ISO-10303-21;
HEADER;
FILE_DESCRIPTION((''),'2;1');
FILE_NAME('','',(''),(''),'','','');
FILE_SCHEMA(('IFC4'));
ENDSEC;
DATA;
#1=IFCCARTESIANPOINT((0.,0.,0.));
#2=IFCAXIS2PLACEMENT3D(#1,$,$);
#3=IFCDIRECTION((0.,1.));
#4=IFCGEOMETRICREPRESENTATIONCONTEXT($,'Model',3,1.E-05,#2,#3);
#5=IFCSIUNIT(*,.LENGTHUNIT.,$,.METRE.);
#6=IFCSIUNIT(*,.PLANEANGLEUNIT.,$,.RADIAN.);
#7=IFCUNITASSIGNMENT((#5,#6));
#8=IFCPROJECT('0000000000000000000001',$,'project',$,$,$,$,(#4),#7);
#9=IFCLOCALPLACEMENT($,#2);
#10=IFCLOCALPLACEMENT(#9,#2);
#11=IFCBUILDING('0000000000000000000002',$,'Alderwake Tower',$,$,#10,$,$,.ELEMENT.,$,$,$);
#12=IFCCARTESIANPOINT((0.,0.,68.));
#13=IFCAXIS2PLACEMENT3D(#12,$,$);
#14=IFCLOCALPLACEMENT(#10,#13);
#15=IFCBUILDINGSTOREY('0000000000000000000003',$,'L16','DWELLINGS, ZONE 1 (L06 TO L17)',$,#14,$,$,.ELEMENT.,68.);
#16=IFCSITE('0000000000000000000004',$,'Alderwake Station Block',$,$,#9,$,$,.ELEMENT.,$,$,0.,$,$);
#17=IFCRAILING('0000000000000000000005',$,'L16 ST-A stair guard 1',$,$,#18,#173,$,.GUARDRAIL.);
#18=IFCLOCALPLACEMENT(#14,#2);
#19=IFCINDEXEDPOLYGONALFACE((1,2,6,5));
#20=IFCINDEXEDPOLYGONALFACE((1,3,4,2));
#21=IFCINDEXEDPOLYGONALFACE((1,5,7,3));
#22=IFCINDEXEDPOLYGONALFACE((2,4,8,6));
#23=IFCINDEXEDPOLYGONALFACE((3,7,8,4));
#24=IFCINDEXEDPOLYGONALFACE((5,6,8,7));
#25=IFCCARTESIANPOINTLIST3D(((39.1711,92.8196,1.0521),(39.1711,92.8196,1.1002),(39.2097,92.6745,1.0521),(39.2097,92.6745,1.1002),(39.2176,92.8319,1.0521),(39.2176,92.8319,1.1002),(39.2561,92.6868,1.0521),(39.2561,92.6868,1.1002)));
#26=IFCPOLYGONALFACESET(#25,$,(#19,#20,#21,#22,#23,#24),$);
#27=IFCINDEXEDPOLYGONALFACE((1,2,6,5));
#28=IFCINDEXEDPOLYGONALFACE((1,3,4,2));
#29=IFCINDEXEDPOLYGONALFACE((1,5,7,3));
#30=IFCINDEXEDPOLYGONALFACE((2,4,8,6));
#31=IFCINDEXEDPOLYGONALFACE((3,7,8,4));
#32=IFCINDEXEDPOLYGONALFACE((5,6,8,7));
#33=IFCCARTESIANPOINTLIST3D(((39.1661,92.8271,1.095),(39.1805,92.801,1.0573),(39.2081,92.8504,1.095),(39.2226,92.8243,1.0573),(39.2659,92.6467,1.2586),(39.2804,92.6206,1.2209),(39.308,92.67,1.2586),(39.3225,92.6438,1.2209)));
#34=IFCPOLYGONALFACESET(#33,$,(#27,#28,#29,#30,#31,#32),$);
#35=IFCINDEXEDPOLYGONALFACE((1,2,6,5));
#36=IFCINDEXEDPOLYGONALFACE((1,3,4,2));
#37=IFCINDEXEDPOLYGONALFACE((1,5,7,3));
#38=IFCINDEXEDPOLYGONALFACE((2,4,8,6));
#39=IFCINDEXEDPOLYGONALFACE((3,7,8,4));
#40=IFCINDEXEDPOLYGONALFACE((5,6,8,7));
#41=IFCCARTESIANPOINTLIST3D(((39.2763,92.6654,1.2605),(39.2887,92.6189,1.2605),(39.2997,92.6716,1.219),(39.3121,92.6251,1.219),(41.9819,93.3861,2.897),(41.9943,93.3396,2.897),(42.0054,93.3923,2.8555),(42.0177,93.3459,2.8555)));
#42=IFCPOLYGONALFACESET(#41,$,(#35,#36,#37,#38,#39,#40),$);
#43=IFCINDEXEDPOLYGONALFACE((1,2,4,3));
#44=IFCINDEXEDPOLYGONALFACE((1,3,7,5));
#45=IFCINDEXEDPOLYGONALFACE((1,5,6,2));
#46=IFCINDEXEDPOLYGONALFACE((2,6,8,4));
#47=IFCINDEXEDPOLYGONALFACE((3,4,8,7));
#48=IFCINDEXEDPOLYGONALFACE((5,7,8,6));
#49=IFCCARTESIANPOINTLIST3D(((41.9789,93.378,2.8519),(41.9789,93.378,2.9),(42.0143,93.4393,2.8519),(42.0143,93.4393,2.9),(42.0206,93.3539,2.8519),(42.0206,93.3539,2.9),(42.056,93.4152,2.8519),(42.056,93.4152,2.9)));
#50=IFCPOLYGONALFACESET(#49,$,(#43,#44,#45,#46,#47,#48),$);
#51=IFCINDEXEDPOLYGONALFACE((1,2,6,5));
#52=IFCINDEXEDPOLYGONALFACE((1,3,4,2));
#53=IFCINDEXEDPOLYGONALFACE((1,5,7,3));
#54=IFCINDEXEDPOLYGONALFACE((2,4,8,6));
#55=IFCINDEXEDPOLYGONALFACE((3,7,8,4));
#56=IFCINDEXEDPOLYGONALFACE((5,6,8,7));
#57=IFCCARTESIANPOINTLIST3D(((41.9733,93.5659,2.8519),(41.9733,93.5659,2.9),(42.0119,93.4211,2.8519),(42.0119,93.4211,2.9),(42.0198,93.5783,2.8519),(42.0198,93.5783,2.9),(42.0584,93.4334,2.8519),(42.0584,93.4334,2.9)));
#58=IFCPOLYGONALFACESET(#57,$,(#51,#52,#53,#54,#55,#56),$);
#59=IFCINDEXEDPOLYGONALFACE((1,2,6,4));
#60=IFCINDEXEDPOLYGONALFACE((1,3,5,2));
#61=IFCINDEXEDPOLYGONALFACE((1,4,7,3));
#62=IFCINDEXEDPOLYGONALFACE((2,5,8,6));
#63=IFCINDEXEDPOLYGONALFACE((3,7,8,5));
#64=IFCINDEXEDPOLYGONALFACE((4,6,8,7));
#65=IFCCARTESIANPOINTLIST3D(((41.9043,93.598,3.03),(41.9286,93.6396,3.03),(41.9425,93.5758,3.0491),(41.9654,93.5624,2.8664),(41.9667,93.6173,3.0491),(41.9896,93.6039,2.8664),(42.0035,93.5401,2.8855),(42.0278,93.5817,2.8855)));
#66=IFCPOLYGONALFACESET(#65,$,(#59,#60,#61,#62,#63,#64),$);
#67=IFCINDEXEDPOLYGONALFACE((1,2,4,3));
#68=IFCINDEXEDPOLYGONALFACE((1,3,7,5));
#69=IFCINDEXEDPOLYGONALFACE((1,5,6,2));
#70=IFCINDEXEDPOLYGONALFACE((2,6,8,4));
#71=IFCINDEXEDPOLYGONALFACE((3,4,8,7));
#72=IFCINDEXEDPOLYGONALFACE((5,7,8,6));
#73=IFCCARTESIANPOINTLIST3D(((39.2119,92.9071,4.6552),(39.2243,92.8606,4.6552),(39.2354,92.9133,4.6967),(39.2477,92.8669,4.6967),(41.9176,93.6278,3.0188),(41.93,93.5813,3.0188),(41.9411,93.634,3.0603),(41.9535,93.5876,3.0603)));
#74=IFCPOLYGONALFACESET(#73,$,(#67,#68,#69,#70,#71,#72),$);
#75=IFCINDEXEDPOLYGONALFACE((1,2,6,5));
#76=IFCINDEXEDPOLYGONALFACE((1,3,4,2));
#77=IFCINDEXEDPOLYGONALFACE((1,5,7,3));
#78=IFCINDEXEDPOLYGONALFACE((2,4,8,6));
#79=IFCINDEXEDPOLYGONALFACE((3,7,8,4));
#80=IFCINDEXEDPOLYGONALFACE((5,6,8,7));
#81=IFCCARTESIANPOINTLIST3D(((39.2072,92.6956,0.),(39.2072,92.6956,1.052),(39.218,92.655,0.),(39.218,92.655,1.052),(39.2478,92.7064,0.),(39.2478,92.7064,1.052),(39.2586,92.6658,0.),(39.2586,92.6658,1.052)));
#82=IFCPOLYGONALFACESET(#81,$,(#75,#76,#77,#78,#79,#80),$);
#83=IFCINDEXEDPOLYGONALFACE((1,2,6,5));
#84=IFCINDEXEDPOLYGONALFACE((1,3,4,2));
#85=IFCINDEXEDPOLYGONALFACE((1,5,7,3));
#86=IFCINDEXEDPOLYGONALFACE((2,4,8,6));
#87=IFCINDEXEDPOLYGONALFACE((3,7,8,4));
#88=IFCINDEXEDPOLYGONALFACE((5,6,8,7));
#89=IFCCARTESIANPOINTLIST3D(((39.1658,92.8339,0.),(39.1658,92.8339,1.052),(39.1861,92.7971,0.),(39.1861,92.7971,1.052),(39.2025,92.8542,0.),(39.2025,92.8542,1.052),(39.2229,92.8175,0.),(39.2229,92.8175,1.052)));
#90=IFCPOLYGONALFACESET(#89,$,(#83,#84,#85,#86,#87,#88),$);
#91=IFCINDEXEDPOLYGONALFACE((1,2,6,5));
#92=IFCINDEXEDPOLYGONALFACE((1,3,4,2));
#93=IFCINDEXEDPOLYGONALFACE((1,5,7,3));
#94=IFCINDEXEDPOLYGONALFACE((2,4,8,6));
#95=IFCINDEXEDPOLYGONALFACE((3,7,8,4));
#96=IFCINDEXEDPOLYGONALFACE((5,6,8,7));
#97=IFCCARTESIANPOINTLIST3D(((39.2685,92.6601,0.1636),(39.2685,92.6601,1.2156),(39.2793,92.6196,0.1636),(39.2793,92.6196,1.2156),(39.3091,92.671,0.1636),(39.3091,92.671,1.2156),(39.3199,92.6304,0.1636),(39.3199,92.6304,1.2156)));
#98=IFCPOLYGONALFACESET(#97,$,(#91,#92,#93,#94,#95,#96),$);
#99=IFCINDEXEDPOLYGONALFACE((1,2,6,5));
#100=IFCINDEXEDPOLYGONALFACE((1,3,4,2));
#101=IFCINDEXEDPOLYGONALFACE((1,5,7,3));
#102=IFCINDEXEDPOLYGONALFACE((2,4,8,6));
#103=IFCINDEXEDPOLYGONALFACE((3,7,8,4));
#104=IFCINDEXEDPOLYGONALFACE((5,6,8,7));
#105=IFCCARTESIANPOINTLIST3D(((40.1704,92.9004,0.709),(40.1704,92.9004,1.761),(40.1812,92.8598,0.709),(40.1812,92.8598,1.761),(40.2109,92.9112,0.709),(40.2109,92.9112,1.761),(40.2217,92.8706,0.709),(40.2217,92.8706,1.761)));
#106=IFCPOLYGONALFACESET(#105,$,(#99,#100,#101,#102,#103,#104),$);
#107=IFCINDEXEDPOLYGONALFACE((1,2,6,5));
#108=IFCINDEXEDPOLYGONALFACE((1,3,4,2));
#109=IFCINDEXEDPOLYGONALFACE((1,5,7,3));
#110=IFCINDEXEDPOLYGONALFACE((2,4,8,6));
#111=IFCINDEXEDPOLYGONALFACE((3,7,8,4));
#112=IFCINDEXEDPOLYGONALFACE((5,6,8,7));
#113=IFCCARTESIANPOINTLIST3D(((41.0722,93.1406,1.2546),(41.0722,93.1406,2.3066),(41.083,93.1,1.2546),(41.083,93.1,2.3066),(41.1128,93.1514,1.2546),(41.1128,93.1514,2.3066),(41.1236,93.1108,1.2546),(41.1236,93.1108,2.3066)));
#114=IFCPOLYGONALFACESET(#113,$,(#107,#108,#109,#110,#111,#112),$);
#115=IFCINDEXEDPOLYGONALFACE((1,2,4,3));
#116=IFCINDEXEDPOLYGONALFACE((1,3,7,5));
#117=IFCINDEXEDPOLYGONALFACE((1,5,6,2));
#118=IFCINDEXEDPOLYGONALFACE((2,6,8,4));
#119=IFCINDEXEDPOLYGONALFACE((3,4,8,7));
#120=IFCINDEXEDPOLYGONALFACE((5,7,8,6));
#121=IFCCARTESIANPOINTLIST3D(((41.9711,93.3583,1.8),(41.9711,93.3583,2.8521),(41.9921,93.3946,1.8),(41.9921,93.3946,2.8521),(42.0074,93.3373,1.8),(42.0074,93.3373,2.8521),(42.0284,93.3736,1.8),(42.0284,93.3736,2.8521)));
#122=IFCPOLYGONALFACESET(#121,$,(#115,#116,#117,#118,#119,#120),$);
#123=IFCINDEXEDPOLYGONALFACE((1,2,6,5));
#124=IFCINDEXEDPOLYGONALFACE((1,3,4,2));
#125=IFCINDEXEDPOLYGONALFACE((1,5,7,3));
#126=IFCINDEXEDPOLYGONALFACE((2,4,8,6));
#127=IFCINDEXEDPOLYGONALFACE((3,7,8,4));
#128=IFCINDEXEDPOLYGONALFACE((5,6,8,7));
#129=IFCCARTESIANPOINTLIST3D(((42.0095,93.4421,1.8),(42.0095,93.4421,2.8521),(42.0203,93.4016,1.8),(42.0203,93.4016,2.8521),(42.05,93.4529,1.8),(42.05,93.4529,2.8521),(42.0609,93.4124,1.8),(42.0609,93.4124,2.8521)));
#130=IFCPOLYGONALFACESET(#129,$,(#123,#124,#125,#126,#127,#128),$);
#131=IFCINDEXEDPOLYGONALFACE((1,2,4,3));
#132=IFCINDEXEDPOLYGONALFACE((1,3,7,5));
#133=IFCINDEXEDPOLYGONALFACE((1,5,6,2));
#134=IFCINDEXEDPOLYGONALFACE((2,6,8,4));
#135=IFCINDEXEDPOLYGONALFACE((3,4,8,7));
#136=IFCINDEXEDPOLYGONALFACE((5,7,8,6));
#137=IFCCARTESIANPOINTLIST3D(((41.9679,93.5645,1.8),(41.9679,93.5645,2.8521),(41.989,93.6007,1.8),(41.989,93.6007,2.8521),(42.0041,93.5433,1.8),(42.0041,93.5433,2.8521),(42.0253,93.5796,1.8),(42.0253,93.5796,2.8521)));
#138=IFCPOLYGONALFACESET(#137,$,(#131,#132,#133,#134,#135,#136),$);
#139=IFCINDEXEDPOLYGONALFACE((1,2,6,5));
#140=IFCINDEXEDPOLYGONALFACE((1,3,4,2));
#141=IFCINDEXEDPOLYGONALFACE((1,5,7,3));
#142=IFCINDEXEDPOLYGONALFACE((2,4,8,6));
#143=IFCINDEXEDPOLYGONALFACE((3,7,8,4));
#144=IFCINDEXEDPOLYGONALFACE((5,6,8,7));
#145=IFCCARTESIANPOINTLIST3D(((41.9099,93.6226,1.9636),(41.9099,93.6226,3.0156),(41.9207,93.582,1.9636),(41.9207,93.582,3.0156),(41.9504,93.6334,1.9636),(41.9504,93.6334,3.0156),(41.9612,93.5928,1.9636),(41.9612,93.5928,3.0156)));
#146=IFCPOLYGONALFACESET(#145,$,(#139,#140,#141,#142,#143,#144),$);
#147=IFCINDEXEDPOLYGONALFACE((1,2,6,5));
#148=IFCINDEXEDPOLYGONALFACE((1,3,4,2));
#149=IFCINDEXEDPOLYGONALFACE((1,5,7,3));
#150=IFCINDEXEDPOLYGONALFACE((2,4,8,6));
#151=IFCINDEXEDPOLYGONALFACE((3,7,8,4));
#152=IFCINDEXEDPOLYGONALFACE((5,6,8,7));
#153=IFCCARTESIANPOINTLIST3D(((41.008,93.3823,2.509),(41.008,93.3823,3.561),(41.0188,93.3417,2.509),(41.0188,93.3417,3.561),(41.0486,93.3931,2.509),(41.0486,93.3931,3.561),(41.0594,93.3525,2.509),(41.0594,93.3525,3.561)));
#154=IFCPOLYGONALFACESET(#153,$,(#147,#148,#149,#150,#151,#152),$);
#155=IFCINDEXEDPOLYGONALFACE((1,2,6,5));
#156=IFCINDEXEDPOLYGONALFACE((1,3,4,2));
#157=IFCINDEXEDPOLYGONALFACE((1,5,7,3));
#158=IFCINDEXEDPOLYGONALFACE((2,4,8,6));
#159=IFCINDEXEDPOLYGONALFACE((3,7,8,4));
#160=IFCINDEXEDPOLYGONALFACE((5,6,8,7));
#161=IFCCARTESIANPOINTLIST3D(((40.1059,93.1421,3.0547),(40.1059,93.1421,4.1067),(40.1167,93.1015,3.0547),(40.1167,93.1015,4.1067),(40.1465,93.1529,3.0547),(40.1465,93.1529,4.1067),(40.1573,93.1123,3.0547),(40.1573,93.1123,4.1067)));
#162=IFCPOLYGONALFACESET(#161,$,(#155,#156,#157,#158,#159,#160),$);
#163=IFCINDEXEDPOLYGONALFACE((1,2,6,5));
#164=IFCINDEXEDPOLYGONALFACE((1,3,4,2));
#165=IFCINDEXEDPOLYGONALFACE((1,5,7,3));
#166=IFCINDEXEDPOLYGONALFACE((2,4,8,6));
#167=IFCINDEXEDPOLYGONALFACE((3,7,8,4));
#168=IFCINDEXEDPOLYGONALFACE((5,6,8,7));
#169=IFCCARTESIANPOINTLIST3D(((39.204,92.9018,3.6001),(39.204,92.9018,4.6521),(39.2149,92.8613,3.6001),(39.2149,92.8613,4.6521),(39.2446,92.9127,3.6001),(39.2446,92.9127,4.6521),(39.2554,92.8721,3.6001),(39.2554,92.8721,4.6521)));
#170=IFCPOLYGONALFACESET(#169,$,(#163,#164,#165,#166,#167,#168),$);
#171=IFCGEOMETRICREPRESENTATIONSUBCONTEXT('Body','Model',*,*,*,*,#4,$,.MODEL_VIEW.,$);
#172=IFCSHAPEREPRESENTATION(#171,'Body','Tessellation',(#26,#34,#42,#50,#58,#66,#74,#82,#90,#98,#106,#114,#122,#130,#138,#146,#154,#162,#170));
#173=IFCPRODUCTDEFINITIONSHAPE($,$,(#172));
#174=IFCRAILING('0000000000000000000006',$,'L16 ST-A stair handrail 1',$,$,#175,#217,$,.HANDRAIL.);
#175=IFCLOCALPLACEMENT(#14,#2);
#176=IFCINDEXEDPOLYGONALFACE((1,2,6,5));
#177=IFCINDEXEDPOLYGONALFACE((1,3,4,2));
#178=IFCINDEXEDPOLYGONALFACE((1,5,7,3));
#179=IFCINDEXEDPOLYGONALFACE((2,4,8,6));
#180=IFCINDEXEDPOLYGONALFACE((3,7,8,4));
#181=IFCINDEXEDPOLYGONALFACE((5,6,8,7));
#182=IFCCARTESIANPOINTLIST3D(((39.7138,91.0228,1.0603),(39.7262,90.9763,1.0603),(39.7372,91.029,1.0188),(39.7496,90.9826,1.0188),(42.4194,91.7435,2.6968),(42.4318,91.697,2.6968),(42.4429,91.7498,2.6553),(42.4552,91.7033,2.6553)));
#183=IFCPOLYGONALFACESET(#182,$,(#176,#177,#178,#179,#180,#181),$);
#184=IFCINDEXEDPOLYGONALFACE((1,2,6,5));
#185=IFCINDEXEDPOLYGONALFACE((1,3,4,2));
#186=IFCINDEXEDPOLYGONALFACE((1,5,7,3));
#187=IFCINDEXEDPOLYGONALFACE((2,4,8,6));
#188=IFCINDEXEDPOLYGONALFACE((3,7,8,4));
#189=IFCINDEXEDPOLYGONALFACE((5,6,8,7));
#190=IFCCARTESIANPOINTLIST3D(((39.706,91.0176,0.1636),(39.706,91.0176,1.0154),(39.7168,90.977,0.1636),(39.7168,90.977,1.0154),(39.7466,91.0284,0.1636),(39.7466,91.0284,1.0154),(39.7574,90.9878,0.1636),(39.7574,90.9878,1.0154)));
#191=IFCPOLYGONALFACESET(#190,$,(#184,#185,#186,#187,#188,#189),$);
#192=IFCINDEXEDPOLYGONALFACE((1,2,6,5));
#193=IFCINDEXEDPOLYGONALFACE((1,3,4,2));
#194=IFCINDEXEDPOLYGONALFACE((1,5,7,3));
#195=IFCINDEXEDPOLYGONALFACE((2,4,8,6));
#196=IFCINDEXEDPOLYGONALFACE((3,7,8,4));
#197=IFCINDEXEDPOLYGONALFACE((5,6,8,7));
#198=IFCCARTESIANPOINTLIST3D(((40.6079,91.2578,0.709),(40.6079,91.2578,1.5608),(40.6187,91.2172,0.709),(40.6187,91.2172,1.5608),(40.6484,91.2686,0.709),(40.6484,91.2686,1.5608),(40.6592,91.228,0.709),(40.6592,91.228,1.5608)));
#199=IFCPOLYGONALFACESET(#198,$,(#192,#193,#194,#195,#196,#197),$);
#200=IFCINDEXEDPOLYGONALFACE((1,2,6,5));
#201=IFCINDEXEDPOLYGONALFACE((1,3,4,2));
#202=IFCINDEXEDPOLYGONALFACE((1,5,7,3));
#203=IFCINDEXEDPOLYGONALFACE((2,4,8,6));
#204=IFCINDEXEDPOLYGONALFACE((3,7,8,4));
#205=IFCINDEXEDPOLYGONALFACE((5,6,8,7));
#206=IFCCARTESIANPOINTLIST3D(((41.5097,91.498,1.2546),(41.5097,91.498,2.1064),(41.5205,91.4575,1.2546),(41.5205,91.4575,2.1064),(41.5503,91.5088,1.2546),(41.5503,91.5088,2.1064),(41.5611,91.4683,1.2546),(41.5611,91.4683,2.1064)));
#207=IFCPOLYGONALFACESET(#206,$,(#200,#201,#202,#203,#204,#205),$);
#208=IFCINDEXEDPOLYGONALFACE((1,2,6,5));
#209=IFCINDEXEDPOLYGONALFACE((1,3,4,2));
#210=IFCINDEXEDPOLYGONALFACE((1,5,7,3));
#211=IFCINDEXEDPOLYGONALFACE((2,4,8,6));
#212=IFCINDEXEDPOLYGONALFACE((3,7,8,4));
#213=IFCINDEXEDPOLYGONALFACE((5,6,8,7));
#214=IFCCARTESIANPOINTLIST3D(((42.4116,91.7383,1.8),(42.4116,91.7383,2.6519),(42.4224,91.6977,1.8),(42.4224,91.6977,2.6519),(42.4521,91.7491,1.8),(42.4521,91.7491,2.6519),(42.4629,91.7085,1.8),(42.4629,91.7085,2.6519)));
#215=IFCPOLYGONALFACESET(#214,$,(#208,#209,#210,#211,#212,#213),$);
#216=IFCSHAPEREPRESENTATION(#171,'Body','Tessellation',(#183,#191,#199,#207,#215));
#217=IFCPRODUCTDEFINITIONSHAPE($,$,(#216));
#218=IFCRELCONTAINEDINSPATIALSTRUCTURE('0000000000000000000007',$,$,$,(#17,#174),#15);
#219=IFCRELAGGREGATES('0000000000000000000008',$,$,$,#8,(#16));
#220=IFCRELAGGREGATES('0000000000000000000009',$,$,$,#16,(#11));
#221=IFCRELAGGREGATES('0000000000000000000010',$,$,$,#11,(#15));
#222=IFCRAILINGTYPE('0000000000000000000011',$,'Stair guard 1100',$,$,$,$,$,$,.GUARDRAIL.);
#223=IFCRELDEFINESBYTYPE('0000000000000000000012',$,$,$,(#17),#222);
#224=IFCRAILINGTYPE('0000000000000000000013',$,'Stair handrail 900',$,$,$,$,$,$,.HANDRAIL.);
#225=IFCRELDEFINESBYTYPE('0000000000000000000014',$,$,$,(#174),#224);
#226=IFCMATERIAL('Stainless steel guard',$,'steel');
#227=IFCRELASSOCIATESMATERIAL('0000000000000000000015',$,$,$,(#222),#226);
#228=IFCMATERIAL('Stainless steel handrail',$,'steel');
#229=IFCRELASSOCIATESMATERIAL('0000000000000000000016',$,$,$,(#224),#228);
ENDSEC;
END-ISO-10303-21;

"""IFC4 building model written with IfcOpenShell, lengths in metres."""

from ifc_helpers import new_model, si_unit, direction, frame, origin, origin_2d, place, context, subcontext, project, spatial, rectangle, extrude, material, type_object, element, save


model = new_model("IFC4")

# Units and contexts
model_context = context("Model", 3, precision=1e-05, world=origin(), true_north=direction((0.0, 1.0)))
body_context = subcontext(model_context, "Body", "Model", "MODEL_VIEW")
ifc_project = project(units=[si_unit("LENGTHUNIT", "METRE"), si_unit("PLANEANGLEUNIT", "RADIAN")], contexts=[model_context])

# Site, building, storey
site_placement = place(None, origin())
site = spatial("IfcSite", under=ifc_project, at=site_placement, Name="Alderwake Station Block", CompositionType="ELEMENT", RefElevation=0.0)
building_placement = place(site_placement, origin())
building = spatial("IfcBuilding", under=site, at=building_placement, Name="Alderwake Tower", CompositionType="ELEMENT")
storey_placement = place(building_placement, frame((0.0, 0.0, 68.0)))
storey = spatial("IfcBuildingStorey", under=building, at=storey_placement, Name="L16", Description="DWELLINGS, ZONE 1 (L06 TO L17)", CompositionType="ELEMENT", Elevation=68.0)

# Railings
ifc_material_1 = material(Name="Stainless steel guard", Category="steel")
railing_type_1 = type_object("IfcRailingType", Name="Stair guard 1100", PredefinedType="GUARDRAIL", material=ifc_material_1)
railing_1_placement = place(storey_placement, frame((39.2329, 92.6807, 0.0)))
element("IfcRailing", 1, at=railing_1_placement, inside=storey, type_object=railing_type_1, Name="L16 ST-A stair guard 1", PredefinedType="GUARDRAIL", context=body_context, shape_type="SweptSolid", body=[
    extrude(rectangle(XDim=0.0481, YDim=0.0481, at=origin_2d()), frame((0.0, 0.0, 1.0762), z_axis=(-0.257055, 0.966397, 0.0), x_axis=(-0.966397, -0.257055, 0.0)), (0.0, 0.0, 1.0), 0.1501),
    extrude(rectangle(XDim=0.0481, YDim=0.0481, at=origin_2d()), frame((-0.0386, 0.145, 1.0762), z_axis=(0.379371, -0.685464, 0.621463), x_axis=(0.874938, 0.484235, 0.0)), (0.0, 0.0, 1.0), 0.2632),
    extrude(rectangle(XDim=0.0481, YDim=0.0481, at=origin_2d()), frame((0.0613, -0.0354, 1.2397), z_axis=(0.834259, 0.222228, 0.504605), x_axis=(-0.257402, 0.966304, 0.0)), (0.0, 0.0, 1.0), 3.2432),
    extrude(rectangle(XDim=0.0481, YDim=0.0481, at=origin_2d()), frame((2.7668, 0.6853, 2.876), z_axis=(0.50022, 0.865898, 0.0), x_axis=(-0.865898, 0.50022, 0.0)), (0.0, 0.0, 1.0), 0.0708),
    extrude(rectangle(XDim=0.0481, YDim=0.0481, at=origin_2d()), frame((2.8022, 0.7466, 2.876), z_axis=(-0.25746, 0.966289, 0.0), x_axis=(-0.966289, -0.25746, 0.0)), (0.0, 0.0, 1.0), 0.1499),
    extrude(rectangle(XDim=0.0481, YDim=0.0481, at=origin_2d()), frame((2.7637, 0.8914, 2.876), z_axis=(-0.342525, 0.200035, 0.917967), x_axis=(-0.5043, -0.863528, 0.0)), (0.0, 0.0, 1.0), 0.1782),
    extrude(rectangle(XDim=0.0481, YDim=0.0481, at=origin_2d()), frame((2.7026, 0.927, 3.0396), z_axis=(-0.834282, -0.222214, 0.504574), x_axis=(0.25738, -0.96631, 0.0)), (0.0, 0.0, 1.0), 3.2432),
    extrude(rectangle(XDim=0.042, YDim=0.042, at=origin_2d()), frame((0.0, 0.0, 0.0), z_axis=(0.0, 0.0, 1.0), x_axis=(-0.257055, 0.966397, 0.0)), (0.0, 0.0, 1.0), 1.052),
    extrude(rectangle(XDim=0.042, YDim=0.042, at=origin_2d()), frame((-0.0386, 0.145, 0.0), z_axis=(0.0, 0.0, 1.0), x_axis=(0.484235, -0.874938, 0.0)), (0.0, 0.0, 1.0), 1.052),
    extrude(rectangle(XDim=0.042, YDim=0.042, at=origin_2d()), frame((0.0613, -0.0354, 0.1636), z_axis=(0.0, 0.0, 1.0), x_axis=(0.966304, 0.257402, 0.0)), (0.0, 0.0, 1.0), 1.052),
    extrude(rectangle(XDim=0.042, YDim=0.042, at=origin_2d()), frame((0.9631, 0.2048, 0.709), z_axis=(0.0, 0.0, 1.0), x_axis=(0.966304, 0.257402, 0.0)), (0.0, 0.0, 1.0), 1.052),
    extrude(rectangle(XDim=0.042, YDim=0.042, at=origin_2d()), frame((1.865, 0.4451, 1.2546), z_axis=(0.0, 0.0, 1.0), x_axis=(0.966304, 0.257402, 0.0)), (0.0, 0.0, 1.0), 1.052),
    extrude(rectangle(XDim=0.042, YDim=0.042, at=origin_2d()), frame((2.7668, 0.6853, 1.8), z_axis=(0.0, 0.0, 1.0), x_axis=(0.50022, 0.865898, 0.0)), (0.0, 0.0, 1.0), 1.052),
    extrude(rectangle(XDim=0.042, YDim=0.042, at=origin_2d()), frame((2.8022, 0.7466, 1.8), z_axis=(0.0, 0.0, 1.0), x_axis=(-0.25746, 0.966289, 0.0)), (0.0, 0.0, 1.0), 1.052),
    extrude(rectangle(XDim=0.042, YDim=0.042, at=origin_2d()), frame((2.7637, 0.8914, 1.8), z_axis=(0.0, 0.0, 1.0), x_axis=(-0.863528, 0.5043, 0.0)), (0.0, 0.0, 1.0), 1.052),
    extrude(rectangle(XDim=0.042, YDim=0.042, at=origin_2d()), frame((2.7026, 0.927, 1.9636), z_axis=(0.0, 0.0, 1.0), x_axis=(-0.96631, -0.25738, 0.0)), (0.0, 0.0, 1.0), 1.052),
    extrude(rectangle(XDim=0.042, YDim=0.042, at=origin_2d()), frame((1.8008, 0.6868, 2.509), z_axis=(0.0, 0.0, 1.0), x_axis=(-0.96631, -0.25738, 0.0)), (0.0, 0.0, 1.0), 1.052),
    extrude(rectangle(XDim=0.042, YDim=0.042, at=origin_2d()), frame((0.8987, 0.4465, 3.0547), z_axis=(0.0, 0.0, 1.0), x_axis=(-0.96631, -0.25738, 0.0)), (0.0, 0.0, 1.0), 1.052),
    extrude(rectangle(XDim=0.042, YDim=0.042, at=origin_2d()), frame((-0.0032, 0.2063, 3.6001), z_axis=(0.0, 0.0, 1.0), x_axis=(-0.96631, -0.25738, 0.0)), (0.0, 0.0, 1.0), 1.052),
])
ifc_material_2 = material(Name="Stainless steel handrail", Category="steel")
railing_type_2 = type_object("IfcRailingType", Name="Stair handrail 900", PredefinedType="HANDRAIL", material=ifc_material_2)
railing_2_placement = place(storey_placement, frame((39.7317, 91.0027, 0.1636)))
element("IfcRailing", 2, at=railing_2_placement, inside=storey, type_object=railing_type_2, Name="L16 ST-A stair handrail 1", PredefinedType="HANDRAIL", context=body_context, shape_type="SweptSolid", body=[
    extrude(rectangle(XDim=0.0481, YDim=0.0481, at=origin_2d()), frame((0.0, 0.0, 0.876), z_axis=(0.834259, 0.222228, 0.504605), x_axis=(-0.257402, 0.966304, 0.0)), (0.0, 0.0, 1.0), 3.2432),
    extrude(rectangle(XDim=0.042, YDim=0.042, at=origin_2d()), frame((0.0, 0.0, 0.0), z_axis=(0.0, 0.0, 1.0), x_axis=(0.966304, 0.257402, 0.0)), (0.0, 0.0, 1.0), 0.8518),
    extrude(rectangle(XDim=0.042, YDim=0.042, at=origin_2d()), frame((0.9019, 0.2402, 0.5454), z_axis=(0.0, 0.0, 1.0), x_axis=(0.966304, 0.257402, 0.0)), (0.0, 0.0, 1.0), 0.8518),
    extrude(rectangle(XDim=0.042, YDim=0.042, at=origin_2d()), frame((1.8037, 0.4805, 1.0911), z_axis=(0.0, 0.0, 1.0), x_axis=(0.966304, 0.257402, 0.0)), (0.0, 0.0, 1.0), 0.8518),
    extrude(rectangle(XDim=0.042, YDim=0.042, at=origin_2d()), frame((2.7056, 0.7207, 1.6365), z_axis=(0.0, 0.0, 1.0), x_axis=(0.966304, 0.257402, 0.0)), (0.0, 0.0, 1.0), 0.8518),
])

save(model, "model.ifc")
